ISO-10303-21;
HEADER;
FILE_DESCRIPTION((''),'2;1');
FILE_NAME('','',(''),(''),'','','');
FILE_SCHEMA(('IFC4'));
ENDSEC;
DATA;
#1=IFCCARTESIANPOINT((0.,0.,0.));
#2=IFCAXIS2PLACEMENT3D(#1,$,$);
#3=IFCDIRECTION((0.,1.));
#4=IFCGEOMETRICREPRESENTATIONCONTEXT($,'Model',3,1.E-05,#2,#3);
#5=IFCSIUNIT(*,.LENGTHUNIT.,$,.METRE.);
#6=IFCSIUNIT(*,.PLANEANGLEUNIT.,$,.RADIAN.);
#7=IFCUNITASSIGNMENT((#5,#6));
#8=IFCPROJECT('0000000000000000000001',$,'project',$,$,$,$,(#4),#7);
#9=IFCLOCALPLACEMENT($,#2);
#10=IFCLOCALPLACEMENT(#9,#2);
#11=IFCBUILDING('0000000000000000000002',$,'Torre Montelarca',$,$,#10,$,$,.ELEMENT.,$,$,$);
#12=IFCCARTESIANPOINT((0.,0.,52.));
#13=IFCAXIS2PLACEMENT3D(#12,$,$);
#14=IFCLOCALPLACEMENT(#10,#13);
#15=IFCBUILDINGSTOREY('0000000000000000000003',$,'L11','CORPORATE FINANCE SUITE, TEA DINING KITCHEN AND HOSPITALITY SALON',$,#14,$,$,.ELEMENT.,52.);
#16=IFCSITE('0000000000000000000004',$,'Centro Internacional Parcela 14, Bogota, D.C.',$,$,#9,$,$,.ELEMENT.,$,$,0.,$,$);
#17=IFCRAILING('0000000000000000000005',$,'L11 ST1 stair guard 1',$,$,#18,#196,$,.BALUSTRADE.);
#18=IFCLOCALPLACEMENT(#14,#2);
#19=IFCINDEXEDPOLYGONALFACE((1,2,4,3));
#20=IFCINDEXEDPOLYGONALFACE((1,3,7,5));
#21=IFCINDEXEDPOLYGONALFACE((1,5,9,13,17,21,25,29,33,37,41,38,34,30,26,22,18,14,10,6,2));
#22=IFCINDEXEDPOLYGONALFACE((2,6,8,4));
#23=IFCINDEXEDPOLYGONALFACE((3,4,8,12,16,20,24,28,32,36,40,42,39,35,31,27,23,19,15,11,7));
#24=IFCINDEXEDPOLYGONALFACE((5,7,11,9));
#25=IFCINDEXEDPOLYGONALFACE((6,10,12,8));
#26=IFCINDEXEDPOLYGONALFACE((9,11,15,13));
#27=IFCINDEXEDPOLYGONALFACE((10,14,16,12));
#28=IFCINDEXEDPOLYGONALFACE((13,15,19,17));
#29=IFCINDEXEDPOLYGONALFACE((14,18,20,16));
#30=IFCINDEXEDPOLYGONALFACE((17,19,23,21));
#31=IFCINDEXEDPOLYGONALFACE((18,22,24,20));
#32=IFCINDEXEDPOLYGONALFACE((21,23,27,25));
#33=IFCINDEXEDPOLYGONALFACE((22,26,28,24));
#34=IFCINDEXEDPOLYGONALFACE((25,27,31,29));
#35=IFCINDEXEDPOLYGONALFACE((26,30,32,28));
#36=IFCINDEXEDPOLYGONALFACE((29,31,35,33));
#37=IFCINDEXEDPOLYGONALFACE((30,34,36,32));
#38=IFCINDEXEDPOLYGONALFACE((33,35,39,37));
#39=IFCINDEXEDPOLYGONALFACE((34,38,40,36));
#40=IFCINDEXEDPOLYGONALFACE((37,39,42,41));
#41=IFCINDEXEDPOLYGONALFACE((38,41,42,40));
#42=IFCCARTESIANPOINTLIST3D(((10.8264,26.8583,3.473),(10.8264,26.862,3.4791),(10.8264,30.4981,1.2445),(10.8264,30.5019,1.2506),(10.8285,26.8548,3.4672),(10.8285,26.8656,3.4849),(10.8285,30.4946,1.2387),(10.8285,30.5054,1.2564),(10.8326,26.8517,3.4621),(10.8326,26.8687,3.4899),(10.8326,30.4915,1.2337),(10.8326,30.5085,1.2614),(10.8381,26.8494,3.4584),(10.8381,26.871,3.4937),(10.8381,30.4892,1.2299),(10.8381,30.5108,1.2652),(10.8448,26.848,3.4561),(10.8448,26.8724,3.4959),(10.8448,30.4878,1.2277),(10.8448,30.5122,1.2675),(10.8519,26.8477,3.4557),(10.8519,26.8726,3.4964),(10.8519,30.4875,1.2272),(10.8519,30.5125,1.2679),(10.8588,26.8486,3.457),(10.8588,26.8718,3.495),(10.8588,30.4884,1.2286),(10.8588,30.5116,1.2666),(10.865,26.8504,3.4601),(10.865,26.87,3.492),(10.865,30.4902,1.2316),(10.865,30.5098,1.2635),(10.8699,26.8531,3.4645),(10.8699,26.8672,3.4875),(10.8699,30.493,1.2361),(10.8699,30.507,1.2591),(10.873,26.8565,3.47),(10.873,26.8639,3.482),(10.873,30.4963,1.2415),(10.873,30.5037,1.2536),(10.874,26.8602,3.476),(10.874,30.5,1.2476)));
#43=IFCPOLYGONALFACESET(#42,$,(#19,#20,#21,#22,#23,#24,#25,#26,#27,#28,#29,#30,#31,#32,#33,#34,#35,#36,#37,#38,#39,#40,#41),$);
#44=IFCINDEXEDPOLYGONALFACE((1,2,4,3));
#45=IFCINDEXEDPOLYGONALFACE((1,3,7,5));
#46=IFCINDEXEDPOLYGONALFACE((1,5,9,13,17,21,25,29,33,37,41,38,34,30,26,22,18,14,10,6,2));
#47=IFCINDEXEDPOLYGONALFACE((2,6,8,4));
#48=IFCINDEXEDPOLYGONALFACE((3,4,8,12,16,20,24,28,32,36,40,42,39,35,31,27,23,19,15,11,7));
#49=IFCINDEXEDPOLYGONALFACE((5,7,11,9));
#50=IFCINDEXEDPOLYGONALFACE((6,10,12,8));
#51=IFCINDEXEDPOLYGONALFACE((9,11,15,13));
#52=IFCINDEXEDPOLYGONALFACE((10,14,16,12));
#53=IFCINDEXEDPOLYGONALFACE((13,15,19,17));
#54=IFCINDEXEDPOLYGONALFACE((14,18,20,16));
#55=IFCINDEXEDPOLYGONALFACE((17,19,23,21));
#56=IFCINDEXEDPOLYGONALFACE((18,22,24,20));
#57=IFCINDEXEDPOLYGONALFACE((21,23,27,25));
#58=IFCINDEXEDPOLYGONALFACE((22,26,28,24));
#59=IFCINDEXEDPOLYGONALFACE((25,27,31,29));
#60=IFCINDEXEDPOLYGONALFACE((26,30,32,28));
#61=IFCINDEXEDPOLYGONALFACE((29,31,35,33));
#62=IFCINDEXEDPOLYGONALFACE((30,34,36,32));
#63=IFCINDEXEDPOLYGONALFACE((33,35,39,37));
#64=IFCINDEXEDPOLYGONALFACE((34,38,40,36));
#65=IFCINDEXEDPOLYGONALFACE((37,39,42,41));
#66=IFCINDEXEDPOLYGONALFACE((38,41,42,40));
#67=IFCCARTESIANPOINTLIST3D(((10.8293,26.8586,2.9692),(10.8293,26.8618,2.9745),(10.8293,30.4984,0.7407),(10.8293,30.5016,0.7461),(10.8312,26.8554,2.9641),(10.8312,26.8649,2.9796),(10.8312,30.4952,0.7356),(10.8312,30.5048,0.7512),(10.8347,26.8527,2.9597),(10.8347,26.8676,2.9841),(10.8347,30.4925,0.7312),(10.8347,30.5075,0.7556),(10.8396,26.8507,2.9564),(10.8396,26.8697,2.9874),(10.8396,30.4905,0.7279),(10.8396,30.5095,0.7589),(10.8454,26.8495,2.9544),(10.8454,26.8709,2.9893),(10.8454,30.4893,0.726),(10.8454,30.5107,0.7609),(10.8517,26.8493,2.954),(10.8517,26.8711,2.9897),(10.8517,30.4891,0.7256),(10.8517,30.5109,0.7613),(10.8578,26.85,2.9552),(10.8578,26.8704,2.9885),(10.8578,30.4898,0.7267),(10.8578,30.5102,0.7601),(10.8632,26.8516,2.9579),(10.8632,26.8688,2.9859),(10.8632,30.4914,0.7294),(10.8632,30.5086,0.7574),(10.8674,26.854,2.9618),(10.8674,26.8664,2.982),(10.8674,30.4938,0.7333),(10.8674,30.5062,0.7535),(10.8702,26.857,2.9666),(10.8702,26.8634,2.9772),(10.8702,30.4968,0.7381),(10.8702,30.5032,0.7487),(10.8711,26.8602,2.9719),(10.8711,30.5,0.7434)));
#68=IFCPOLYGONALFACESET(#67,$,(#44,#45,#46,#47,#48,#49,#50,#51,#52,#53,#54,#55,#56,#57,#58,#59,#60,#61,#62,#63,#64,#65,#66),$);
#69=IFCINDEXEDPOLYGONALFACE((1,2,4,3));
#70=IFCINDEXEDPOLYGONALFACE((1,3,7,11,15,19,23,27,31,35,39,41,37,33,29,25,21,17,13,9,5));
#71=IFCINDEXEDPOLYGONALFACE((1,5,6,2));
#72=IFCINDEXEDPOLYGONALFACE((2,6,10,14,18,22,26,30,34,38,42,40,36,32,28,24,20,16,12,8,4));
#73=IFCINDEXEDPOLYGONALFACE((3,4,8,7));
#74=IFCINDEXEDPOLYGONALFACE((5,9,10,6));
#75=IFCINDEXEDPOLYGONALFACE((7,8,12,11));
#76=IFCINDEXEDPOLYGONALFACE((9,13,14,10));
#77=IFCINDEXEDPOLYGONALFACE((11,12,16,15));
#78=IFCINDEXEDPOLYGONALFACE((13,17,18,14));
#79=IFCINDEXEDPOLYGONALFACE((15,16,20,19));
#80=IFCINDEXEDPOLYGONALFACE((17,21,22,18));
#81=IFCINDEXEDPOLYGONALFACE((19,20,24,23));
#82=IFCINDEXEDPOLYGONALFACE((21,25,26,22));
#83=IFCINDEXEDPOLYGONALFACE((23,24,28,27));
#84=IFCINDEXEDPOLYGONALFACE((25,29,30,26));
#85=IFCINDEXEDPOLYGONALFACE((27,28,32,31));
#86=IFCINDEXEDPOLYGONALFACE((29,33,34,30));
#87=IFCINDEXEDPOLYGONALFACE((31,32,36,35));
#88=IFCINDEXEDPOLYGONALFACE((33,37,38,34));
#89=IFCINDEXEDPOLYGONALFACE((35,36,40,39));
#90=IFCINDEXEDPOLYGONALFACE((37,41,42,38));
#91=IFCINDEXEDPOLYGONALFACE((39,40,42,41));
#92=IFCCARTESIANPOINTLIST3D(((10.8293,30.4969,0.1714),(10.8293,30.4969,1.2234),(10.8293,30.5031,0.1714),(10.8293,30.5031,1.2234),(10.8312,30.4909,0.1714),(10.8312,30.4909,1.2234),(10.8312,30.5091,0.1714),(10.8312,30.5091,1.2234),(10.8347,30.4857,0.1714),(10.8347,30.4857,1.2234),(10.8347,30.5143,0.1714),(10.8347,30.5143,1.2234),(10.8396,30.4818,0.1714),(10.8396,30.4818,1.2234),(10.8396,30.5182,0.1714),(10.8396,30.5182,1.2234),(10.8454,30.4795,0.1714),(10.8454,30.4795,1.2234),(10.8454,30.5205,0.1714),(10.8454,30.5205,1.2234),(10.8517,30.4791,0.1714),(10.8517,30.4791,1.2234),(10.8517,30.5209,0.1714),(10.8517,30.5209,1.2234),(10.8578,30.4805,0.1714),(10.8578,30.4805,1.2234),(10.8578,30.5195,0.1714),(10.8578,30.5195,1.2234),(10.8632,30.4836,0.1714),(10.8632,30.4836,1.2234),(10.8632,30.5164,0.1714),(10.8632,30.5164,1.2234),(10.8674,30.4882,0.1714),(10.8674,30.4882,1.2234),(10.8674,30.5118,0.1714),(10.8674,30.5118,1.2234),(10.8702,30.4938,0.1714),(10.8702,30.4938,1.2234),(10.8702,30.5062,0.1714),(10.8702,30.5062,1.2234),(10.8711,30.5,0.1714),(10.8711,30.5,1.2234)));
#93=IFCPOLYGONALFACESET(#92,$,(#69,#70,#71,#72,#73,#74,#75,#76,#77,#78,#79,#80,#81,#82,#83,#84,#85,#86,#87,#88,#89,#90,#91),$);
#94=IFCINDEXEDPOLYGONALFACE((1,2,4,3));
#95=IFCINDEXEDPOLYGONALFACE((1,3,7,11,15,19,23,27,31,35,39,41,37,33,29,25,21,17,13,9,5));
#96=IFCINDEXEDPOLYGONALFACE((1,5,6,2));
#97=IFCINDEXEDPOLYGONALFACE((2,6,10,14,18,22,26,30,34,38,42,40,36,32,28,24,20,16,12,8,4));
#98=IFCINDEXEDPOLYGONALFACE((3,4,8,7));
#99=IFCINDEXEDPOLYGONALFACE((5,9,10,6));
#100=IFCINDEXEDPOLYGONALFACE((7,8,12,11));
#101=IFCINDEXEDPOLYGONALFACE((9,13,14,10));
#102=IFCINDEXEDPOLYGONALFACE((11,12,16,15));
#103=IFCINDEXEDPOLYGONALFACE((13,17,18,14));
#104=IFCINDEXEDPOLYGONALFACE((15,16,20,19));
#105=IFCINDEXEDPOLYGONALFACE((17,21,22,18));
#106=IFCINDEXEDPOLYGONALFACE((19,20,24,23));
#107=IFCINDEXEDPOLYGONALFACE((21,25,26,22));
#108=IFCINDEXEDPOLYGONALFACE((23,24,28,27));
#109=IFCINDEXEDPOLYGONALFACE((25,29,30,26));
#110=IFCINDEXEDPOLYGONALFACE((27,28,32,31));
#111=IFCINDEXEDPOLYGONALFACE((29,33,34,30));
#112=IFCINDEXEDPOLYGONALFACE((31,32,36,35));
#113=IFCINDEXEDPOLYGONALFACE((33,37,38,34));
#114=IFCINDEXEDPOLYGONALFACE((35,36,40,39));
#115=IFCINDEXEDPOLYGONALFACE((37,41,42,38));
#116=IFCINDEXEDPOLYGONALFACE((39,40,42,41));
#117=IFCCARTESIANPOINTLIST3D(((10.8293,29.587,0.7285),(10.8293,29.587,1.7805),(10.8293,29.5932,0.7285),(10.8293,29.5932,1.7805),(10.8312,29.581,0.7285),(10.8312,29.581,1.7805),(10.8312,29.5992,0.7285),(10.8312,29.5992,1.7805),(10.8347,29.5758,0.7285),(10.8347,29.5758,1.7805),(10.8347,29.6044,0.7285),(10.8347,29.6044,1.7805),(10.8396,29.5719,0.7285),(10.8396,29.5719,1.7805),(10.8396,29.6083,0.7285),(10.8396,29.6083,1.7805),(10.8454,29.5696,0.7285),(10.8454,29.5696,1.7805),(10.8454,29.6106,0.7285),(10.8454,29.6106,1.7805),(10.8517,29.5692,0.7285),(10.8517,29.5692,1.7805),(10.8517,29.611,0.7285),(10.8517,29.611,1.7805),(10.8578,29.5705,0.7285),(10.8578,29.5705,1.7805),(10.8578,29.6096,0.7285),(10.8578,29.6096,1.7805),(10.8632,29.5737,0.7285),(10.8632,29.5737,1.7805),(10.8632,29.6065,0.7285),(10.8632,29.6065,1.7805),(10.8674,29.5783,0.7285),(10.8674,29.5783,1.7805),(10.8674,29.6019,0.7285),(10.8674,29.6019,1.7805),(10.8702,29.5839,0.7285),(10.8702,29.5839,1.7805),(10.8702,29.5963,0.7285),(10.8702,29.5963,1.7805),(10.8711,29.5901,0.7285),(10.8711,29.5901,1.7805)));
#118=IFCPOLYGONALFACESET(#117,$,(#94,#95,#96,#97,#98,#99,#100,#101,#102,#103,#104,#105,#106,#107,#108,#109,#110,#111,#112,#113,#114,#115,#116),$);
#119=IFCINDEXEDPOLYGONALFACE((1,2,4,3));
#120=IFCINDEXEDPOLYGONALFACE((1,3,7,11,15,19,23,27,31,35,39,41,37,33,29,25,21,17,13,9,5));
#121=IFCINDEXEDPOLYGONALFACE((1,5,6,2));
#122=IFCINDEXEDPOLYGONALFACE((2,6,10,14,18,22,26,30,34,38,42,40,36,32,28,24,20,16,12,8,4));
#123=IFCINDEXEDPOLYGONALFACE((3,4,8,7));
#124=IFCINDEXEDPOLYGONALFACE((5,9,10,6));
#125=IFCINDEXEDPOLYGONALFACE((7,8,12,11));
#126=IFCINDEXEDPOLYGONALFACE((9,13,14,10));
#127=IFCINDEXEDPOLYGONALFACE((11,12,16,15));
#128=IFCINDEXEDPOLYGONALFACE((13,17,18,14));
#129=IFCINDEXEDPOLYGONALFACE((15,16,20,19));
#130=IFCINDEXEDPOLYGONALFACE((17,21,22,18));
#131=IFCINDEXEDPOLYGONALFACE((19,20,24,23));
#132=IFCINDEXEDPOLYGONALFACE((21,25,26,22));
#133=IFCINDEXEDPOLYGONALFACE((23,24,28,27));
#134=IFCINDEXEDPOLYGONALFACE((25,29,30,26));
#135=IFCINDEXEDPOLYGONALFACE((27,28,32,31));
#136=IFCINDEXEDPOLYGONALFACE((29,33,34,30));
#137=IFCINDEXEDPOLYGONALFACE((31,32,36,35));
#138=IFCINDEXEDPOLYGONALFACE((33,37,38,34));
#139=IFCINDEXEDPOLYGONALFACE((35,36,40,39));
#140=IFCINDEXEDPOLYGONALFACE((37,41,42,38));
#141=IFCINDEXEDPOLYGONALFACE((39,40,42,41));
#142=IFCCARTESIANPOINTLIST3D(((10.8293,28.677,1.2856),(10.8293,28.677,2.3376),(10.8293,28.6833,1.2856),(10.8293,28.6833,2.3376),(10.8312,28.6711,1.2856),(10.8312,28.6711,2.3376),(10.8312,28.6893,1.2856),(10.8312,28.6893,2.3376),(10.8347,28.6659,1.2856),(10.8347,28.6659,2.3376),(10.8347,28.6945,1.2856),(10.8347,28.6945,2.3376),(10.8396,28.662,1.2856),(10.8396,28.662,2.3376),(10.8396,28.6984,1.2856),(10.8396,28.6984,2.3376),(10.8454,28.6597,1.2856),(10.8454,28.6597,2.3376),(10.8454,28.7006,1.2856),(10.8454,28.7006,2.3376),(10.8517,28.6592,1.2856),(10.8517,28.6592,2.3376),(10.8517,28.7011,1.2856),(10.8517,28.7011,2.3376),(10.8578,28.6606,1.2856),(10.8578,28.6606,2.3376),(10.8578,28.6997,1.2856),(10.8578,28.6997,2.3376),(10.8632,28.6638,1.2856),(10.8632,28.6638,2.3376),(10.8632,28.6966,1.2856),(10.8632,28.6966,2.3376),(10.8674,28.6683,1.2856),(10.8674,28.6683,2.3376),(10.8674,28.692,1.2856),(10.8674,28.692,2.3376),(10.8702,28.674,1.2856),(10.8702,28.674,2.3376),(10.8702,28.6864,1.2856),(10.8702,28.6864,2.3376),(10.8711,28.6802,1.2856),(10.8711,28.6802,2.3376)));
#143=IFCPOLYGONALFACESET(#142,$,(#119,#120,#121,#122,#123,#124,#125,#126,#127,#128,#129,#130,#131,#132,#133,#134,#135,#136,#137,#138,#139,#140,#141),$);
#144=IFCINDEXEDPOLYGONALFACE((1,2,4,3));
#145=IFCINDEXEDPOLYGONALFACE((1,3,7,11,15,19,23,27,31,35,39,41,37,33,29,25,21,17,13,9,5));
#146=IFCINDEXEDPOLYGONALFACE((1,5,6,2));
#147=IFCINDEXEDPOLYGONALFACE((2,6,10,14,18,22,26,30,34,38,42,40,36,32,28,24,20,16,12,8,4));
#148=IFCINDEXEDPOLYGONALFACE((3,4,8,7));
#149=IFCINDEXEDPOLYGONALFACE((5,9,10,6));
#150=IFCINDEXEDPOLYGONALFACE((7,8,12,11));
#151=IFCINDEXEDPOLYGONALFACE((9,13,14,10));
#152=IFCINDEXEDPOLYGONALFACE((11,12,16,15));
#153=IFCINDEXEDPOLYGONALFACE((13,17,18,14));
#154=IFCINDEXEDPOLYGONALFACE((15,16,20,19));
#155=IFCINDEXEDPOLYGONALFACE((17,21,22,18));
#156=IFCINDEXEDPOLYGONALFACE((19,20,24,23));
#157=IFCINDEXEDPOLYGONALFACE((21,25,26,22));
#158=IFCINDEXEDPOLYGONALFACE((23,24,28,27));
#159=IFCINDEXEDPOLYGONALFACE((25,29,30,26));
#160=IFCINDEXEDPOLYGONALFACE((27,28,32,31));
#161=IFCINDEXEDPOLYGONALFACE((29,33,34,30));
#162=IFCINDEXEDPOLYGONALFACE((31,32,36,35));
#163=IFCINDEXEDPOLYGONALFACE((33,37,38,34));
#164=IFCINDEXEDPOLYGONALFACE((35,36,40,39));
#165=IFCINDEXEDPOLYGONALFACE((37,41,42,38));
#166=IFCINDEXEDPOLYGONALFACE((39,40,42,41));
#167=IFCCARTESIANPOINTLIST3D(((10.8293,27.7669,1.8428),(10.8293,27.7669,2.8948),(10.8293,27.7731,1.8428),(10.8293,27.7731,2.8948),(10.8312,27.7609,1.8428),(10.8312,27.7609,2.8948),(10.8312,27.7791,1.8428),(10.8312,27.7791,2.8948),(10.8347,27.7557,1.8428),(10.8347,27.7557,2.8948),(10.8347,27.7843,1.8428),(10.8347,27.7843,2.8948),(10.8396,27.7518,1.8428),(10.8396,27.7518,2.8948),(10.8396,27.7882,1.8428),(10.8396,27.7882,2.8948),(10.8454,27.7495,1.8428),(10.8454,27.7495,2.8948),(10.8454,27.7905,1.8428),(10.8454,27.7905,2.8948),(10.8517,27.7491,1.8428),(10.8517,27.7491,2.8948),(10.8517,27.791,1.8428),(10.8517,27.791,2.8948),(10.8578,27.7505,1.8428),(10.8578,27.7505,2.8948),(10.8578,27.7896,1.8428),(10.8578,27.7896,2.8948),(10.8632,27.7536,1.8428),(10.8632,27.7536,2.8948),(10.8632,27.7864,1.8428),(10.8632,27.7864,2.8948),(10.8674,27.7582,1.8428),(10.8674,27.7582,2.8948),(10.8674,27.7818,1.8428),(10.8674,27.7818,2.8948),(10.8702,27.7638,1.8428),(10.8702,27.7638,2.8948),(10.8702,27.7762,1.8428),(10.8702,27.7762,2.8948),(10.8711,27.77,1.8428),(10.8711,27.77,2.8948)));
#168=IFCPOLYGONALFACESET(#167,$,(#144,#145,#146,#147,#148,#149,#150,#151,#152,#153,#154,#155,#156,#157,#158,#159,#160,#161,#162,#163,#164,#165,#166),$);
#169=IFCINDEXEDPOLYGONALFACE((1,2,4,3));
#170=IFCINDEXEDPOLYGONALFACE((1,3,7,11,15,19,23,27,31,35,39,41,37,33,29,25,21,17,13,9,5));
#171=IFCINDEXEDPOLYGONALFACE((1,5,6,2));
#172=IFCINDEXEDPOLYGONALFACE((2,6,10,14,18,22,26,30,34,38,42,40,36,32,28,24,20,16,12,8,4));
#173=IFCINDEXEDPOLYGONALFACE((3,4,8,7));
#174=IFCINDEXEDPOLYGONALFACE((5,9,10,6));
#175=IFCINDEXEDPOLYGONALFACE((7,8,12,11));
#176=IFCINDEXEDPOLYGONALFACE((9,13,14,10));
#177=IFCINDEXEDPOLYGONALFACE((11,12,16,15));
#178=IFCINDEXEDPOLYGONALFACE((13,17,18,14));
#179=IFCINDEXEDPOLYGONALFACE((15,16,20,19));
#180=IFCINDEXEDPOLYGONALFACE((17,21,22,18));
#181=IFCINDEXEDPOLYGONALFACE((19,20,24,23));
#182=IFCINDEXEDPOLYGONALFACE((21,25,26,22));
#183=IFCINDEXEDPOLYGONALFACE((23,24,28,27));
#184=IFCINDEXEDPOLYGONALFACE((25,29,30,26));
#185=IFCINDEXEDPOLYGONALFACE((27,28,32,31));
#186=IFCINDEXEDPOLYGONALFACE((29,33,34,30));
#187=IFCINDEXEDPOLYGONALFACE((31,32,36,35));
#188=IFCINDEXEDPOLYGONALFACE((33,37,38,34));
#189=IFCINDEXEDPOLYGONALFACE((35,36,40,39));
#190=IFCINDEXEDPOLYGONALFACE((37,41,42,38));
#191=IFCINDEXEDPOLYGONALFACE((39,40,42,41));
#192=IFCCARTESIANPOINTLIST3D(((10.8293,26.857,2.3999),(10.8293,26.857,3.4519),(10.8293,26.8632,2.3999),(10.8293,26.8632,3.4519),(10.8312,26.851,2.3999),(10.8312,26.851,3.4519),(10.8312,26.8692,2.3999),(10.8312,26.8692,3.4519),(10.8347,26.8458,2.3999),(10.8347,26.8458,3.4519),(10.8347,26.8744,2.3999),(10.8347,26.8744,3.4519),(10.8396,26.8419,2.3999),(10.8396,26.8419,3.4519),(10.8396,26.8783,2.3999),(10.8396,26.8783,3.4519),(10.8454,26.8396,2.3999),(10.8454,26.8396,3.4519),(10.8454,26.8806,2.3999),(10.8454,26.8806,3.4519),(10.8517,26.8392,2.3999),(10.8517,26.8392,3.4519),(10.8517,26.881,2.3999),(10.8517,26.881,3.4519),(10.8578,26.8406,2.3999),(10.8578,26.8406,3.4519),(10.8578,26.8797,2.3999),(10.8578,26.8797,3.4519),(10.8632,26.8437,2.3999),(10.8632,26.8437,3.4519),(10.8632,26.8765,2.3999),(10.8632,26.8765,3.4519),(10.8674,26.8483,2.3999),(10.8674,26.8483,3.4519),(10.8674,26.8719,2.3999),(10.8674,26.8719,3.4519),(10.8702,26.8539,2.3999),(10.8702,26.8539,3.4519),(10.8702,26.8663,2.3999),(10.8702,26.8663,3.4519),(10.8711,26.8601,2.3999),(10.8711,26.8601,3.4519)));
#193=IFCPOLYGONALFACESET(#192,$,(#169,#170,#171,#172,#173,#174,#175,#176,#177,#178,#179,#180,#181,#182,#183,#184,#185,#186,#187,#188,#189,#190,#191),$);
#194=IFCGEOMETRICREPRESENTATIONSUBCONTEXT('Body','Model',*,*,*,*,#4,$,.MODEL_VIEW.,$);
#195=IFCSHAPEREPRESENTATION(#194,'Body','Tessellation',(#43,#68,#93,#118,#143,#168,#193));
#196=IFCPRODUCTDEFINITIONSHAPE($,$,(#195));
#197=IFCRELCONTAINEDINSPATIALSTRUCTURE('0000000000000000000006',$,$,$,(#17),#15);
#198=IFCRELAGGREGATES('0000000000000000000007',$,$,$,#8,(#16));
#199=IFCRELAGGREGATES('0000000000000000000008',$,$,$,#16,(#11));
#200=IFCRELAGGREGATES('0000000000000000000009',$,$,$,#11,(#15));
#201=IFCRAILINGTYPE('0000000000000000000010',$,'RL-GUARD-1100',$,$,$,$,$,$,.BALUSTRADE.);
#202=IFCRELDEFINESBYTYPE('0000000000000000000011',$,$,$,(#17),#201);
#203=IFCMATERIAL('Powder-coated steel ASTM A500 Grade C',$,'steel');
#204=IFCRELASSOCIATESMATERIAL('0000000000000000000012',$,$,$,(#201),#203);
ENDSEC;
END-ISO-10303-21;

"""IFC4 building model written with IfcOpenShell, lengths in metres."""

from ifc_helpers import new_model, si_unit, direction, frame, origin, origin_2d, place, context, subcontext, project, spatial, circle, extrude, material, type_object, element, save


model = new_model("IFC4")

# Units and contexts
model_context = context("Model", 3, precision=1e-05, world=origin(), true_north=direction((0.0, 1.0)))
body_context = subcontext(model_context, "Body", "Model", "MODEL_VIEW")
ifc_project = project(units=[si_unit("LENGTHUNIT", "METRE"), si_unit("PLANEANGLEUNIT", "RADIAN")], contexts=[model_context])

# Site, building, storey
site_placement = place(None, origin())
site = spatial("IfcSite", under=ifc_project, at=site_placement, Name="Centro Internacional Parcela 14, Bogota, D.C.", CompositionType="ELEMENT", RefElevation=0.0)
building_placement = place(site_placement, origin())
building = spatial("IfcBuilding", under=site, at=building_placement, Name="Torre Montelarca", CompositionType="ELEMENT")
storey_placement = place(building_placement, frame((0.0, 0.0, 52.0)))
storey = spatial("IfcBuildingStorey", under=building, at=storey_placement, Name="L11", Description="CORPORATE FINANCE SUITE, TEA DINING KITCHEN AND HOSPITALITY SALON", CompositionType="ELEMENT", Elevation=52.0)

# Railing
ifc_material_1 = material(Name="Powder-coated steel ASTM A500 Grade C", Category="steel")
railing_type_1 = type_object("IfcRailingType", Name="RL-GUARD-1100", PredefinedType="BALUSTRADE", material=ifc_material_1)
railing_1_placement = place(storey_placement, frame((10.8501, 30.5, 0.1714)))
element("IfcRailing", 1, at=railing_1_placement, inside=storey, type_object=railing_type_1, Name="L11 ST1 stair guard 1", PredefinedType="BALUSTRADE", context=body_context, shape_type="SweptSolid", body=[
    extrude(circle(Radius=0.0239, at=origin_2d()), frame((0.0, 0.0, 1.0762), z_axis=(0.0, -0.85285, 0.522156), x_axis=(1.0, 0.0, 0.0)), (0.0, 0.0, 1.0), 4.2678),
    extrude(circle(Radius=0.021, at=origin_2d()), frame((0.0, 0.0, 0.572), z_axis=(0.0, -0.85285, 0.522156), x_axis=(1.0, 0.0, 0.0)), (0.0, 0.0, 1.0), 4.2678),
    extrude(circle(Radius=0.021, at=origin_2d()), origin(), (0.0, 0.0, 1.0), 1.052),
    extrude(circle(Radius=0.021, at=origin_2d()), frame((0.0, -0.9099, 0.5571)), (0.0, 0.0, 1.0), 1.052),
    extrude(circle(Radius=0.021, at=origin_2d()), frame((0.0, -1.8198, 1.1143)), (0.0, 0.0, 1.0), 1.052),
    extrude(circle(Radius=0.021, at=origin_2d()), frame((0.0, -2.73, 1.6714)), (0.0, 0.0, 1.0), 1.052),
    extrude(circle(Radius=0.021, at=origin_2d()), frame((0.0, -3.6399, 2.2285)), (0.0, 0.0, 1.0), 1.052),
])

save(model, "model.ifc")
